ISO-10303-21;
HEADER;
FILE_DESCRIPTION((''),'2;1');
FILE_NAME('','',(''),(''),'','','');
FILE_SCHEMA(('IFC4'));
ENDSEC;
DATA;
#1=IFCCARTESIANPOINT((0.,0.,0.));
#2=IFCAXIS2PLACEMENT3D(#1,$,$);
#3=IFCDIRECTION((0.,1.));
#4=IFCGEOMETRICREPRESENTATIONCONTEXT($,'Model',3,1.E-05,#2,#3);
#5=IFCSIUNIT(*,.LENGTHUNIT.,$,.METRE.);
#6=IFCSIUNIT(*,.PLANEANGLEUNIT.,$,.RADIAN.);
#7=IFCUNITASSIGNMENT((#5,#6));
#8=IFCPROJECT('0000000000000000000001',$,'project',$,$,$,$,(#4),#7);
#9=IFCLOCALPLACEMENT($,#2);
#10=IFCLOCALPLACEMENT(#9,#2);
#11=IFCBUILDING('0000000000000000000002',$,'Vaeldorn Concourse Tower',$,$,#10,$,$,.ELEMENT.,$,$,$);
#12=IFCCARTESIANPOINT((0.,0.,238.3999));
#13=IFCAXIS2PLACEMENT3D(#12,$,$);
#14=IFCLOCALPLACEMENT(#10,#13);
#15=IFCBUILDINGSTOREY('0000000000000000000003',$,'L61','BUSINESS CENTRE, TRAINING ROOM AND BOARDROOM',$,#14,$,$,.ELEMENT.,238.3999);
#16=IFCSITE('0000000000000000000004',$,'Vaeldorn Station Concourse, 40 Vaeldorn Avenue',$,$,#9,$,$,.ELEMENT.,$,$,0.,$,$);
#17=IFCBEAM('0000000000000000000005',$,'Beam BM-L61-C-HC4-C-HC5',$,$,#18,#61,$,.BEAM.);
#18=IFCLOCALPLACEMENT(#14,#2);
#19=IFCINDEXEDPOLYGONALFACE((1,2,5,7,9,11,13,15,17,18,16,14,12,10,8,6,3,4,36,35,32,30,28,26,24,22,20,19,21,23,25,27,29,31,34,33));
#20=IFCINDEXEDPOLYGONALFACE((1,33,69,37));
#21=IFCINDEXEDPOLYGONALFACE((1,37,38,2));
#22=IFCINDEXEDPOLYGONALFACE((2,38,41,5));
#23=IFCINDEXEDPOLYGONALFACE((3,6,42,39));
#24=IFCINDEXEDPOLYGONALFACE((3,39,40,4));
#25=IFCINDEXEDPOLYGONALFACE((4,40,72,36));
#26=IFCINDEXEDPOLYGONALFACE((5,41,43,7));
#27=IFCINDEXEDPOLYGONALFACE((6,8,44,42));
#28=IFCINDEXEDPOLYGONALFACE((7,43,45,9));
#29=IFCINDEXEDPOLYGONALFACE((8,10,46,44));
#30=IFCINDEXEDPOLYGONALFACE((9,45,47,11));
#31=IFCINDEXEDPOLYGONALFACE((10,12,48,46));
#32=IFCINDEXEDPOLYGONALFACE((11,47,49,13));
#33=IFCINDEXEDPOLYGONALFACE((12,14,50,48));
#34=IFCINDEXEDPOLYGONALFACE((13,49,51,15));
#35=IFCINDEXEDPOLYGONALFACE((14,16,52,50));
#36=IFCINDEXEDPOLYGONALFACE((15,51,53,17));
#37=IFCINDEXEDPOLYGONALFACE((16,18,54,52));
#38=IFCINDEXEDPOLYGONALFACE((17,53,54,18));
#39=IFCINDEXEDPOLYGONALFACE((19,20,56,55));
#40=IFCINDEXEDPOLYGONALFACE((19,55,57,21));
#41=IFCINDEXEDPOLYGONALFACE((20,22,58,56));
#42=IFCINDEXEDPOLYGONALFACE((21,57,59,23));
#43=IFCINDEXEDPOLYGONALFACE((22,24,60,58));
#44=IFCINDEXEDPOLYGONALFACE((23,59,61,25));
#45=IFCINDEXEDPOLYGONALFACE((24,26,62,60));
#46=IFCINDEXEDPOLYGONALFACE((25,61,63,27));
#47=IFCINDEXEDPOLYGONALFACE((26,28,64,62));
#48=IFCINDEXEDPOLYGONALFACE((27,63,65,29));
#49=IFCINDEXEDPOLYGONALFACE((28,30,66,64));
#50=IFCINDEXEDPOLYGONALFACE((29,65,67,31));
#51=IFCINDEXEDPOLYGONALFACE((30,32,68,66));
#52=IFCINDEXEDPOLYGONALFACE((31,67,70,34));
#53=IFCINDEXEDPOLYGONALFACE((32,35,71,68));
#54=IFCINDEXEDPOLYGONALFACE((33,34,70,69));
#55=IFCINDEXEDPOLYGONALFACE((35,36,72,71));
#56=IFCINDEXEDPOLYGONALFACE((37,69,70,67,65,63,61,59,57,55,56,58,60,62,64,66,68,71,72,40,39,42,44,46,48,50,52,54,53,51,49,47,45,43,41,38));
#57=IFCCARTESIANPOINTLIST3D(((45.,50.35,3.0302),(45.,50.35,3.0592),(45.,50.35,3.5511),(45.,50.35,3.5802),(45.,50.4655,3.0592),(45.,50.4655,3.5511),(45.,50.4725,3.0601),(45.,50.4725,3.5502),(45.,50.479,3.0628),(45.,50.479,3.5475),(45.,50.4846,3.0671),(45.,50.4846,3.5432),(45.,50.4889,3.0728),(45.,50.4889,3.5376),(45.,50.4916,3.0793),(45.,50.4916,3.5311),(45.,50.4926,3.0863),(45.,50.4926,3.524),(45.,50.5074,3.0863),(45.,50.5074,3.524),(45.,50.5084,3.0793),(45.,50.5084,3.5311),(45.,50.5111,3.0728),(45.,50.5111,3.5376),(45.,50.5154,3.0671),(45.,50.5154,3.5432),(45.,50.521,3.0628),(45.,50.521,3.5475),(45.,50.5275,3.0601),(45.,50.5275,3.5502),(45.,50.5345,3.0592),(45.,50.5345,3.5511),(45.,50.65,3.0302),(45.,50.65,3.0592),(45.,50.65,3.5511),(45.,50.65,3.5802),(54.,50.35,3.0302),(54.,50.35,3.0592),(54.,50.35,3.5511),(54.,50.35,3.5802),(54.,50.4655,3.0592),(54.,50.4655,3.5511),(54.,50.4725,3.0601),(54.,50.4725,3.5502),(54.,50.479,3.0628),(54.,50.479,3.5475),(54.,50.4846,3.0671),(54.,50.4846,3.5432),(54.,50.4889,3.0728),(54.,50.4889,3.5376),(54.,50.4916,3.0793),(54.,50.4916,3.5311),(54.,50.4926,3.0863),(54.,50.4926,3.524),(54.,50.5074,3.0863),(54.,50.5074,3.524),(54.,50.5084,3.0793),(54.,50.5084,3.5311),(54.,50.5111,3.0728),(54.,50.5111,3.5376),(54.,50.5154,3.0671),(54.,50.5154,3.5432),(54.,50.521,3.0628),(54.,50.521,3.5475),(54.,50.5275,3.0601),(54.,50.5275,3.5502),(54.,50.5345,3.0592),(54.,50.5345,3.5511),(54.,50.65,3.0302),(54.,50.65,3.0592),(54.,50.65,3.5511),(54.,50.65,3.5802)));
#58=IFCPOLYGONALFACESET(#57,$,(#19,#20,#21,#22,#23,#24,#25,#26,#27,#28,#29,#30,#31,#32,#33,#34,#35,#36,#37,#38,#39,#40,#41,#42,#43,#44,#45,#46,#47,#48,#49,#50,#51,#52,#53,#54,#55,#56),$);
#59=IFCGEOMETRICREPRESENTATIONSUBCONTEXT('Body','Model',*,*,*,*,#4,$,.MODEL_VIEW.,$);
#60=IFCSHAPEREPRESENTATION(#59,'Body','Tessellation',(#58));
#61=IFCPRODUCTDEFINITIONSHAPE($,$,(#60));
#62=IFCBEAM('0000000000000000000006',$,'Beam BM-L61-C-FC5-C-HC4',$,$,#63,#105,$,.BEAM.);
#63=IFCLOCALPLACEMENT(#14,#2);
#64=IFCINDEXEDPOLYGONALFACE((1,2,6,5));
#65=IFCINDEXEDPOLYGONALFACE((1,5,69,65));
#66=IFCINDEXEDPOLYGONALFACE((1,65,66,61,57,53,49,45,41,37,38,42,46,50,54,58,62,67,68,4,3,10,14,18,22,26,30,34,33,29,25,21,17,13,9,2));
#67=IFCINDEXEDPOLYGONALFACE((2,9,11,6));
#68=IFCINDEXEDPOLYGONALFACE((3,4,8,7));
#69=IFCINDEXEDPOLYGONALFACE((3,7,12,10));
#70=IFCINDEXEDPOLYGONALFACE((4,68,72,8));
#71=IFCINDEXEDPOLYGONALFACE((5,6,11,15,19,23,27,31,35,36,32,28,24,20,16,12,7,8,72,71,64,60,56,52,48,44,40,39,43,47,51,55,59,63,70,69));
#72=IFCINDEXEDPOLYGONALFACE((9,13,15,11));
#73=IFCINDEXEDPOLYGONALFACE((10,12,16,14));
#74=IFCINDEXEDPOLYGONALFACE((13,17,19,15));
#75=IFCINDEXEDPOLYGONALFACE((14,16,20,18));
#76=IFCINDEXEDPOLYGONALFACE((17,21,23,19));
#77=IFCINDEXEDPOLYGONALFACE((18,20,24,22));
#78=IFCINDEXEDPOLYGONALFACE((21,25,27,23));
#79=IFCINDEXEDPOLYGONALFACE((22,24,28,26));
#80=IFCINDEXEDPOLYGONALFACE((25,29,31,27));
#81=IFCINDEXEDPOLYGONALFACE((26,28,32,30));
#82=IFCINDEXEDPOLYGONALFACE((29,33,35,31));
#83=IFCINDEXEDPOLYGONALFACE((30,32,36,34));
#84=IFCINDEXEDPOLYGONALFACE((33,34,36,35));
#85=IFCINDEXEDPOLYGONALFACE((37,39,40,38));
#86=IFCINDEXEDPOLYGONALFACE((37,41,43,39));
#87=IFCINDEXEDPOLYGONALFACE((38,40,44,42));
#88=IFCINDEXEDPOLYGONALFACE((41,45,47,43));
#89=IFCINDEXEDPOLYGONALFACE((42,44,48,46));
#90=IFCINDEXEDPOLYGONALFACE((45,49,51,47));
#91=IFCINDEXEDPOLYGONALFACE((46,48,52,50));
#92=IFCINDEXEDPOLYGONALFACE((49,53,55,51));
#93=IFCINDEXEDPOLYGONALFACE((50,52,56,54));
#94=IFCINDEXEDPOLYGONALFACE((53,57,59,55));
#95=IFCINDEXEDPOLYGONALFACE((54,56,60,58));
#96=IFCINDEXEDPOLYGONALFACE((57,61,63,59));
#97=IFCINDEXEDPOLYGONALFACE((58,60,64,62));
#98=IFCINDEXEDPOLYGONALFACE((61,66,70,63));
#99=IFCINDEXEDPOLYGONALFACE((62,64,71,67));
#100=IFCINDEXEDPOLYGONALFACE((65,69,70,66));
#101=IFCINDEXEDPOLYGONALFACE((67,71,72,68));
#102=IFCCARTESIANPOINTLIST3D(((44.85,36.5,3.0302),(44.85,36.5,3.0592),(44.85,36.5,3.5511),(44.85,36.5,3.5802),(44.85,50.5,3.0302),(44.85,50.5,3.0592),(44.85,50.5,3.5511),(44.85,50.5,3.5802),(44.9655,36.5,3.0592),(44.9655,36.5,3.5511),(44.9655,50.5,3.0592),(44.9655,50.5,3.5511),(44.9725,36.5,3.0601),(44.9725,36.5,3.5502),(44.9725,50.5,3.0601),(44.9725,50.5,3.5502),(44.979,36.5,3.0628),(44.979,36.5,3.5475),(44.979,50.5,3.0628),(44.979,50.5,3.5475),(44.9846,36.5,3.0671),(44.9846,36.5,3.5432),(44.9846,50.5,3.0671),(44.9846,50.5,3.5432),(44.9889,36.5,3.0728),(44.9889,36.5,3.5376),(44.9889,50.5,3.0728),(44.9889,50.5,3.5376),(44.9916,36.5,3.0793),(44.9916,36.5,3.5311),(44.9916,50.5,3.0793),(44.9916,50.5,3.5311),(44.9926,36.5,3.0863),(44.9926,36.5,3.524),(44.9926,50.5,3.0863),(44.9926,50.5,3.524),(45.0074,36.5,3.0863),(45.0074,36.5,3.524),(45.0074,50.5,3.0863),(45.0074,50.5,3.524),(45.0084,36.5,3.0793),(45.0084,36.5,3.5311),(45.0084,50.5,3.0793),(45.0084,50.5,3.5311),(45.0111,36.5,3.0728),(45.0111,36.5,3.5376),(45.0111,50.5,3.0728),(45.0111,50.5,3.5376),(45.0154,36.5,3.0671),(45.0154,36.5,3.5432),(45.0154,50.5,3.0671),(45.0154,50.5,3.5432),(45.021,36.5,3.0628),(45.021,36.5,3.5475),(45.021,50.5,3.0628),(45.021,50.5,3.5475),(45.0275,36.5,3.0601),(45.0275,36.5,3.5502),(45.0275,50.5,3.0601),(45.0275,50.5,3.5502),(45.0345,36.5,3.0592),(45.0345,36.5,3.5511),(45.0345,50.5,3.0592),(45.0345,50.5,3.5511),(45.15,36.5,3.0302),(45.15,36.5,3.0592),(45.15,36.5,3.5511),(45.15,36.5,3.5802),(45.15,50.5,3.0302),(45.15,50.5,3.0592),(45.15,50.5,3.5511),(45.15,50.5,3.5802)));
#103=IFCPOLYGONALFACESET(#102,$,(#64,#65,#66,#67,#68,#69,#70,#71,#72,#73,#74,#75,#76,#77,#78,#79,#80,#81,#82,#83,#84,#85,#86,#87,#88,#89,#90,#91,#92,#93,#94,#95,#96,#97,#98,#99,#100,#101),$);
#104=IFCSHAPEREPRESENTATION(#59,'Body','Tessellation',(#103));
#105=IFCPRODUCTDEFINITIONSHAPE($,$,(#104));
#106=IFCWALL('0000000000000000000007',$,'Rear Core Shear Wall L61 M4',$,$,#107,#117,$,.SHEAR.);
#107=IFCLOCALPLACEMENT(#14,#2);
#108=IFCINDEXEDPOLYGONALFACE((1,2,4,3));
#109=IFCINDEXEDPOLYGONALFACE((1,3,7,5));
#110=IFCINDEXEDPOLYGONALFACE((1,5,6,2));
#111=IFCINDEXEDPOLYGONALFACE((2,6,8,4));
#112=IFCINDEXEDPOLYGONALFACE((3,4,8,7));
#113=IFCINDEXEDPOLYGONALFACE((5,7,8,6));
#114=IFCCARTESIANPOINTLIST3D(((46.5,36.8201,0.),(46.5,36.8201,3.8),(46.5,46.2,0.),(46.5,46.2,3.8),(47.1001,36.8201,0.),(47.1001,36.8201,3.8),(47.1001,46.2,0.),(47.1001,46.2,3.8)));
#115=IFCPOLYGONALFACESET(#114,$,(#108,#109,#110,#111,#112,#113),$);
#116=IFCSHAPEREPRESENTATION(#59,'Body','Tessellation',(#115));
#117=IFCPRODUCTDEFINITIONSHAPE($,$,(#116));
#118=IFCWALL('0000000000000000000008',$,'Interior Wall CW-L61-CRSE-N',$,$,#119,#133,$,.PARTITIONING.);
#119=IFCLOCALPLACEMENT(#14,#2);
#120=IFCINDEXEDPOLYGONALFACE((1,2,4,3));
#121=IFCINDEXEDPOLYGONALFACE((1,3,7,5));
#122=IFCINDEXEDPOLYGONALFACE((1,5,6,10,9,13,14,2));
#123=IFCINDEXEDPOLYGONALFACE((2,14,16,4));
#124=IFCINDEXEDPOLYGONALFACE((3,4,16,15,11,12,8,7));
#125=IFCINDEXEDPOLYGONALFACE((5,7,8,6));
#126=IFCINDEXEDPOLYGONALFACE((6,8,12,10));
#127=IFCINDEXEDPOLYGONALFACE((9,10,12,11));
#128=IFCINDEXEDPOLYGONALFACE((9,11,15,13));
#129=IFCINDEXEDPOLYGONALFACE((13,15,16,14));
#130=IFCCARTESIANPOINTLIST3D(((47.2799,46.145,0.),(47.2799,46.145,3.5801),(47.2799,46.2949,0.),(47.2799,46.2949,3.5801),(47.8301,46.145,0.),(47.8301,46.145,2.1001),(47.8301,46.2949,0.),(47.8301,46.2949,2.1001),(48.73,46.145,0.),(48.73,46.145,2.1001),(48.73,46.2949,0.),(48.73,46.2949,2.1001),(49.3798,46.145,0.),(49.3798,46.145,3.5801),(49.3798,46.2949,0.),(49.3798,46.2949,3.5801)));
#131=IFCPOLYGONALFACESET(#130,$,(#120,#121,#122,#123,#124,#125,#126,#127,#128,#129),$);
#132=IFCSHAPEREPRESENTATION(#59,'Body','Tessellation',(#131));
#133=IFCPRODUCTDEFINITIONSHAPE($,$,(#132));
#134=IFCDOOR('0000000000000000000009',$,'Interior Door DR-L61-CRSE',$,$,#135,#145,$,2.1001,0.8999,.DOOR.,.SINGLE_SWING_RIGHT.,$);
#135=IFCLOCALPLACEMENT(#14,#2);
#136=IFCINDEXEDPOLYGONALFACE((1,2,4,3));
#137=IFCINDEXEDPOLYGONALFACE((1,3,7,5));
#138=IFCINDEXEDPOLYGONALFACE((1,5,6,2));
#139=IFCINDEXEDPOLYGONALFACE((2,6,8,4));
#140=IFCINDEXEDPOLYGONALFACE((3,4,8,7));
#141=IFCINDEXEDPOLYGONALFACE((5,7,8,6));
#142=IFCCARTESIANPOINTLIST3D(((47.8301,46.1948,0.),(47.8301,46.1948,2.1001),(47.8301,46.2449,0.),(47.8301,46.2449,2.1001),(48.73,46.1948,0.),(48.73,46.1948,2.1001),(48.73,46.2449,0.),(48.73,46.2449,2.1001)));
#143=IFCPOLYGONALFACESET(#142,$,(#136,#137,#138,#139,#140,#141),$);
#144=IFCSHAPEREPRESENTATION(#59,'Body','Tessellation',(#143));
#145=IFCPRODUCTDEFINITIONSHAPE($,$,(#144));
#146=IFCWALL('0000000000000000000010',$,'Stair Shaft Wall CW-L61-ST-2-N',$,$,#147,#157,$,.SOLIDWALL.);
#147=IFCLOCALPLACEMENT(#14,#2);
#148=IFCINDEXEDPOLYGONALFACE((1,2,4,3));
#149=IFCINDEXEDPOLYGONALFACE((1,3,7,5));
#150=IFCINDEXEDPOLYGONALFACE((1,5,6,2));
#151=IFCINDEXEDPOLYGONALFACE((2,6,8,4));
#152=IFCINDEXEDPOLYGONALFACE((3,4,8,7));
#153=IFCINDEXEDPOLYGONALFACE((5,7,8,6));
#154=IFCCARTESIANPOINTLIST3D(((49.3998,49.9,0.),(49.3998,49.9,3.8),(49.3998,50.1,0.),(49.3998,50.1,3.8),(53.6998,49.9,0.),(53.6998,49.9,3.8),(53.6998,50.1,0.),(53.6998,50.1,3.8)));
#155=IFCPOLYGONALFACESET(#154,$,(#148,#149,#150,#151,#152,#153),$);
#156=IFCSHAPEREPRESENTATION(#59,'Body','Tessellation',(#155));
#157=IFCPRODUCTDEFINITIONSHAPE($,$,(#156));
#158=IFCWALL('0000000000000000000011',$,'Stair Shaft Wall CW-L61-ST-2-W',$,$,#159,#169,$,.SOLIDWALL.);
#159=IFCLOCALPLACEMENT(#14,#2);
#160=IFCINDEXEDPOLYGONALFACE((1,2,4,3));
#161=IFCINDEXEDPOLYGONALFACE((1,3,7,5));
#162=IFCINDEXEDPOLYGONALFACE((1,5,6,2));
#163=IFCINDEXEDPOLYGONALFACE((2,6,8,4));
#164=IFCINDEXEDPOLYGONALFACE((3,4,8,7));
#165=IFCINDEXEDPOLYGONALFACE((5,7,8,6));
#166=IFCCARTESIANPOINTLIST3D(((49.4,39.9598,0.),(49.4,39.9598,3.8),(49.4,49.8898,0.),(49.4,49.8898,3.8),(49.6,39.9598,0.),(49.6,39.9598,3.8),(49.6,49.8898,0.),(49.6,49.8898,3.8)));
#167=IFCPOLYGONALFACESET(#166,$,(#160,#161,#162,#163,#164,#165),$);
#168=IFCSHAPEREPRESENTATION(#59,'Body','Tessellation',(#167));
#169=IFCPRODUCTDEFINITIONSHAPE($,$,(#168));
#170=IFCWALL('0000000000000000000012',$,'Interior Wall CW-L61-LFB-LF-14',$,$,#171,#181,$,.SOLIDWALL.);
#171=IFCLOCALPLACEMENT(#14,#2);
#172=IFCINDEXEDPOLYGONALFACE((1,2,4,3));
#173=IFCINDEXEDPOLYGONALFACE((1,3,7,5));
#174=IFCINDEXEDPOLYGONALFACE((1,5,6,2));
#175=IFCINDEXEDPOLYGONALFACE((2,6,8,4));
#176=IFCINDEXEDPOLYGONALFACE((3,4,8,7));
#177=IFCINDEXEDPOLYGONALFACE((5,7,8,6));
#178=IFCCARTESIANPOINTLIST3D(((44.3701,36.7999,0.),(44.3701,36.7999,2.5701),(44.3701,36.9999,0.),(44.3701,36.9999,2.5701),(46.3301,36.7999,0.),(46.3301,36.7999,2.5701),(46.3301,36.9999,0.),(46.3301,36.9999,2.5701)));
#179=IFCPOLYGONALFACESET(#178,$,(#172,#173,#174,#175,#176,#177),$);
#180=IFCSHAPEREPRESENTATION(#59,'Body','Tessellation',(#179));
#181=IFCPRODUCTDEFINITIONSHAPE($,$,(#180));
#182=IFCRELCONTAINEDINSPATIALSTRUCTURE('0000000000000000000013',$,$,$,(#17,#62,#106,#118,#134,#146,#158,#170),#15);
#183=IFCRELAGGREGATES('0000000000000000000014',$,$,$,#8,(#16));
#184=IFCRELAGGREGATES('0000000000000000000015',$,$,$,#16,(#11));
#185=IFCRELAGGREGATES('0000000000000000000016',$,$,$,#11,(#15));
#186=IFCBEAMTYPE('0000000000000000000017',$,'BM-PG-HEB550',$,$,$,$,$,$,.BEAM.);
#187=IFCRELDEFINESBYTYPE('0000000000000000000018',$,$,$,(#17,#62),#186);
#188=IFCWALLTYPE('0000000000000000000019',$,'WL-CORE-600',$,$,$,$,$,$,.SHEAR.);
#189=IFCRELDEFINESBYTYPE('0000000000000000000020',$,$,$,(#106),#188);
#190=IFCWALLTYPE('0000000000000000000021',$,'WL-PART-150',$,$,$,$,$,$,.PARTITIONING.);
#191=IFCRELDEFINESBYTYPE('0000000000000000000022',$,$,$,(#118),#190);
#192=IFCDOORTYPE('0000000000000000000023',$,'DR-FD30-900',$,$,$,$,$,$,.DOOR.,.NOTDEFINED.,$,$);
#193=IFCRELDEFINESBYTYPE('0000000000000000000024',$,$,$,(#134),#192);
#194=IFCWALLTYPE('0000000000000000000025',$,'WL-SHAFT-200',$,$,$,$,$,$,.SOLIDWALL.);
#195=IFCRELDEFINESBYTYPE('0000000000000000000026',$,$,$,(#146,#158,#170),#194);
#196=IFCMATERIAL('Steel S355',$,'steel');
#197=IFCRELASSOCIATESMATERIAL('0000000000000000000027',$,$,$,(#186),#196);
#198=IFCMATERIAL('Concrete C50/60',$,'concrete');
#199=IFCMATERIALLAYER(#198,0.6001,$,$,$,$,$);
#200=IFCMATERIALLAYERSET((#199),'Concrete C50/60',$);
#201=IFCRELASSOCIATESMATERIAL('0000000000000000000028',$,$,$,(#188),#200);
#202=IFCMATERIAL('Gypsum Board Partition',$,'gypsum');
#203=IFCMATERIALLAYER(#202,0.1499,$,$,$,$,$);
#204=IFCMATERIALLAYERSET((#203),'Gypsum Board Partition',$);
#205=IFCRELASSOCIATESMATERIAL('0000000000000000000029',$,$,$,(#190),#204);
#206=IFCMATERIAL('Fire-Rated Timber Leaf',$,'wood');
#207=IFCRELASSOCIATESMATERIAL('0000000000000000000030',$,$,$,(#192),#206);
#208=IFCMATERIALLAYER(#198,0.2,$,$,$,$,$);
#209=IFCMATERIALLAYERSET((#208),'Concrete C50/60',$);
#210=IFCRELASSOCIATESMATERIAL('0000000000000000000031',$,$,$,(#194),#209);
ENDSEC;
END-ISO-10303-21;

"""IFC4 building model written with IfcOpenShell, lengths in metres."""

from ifc_helpers import new_model, si_unit, direction, frame, frame_2d, origin, origin_2d, place, context, subcontext, project, spatial, rectangle, i_section, extrude, source, transform, mapped, material, layer, layer_set, material_profile, profile_set, type_object, element, fill, save


model = new_model("IFC4")

# Units and contexts
model_context = context("Model", 3, precision=1e-05, world=origin(), true_north=direction((0.0, 1.0)))
body_context = subcontext(model_context, "Body", "Model", "MODEL_VIEW")
ifc_project = project(units=[si_unit("LENGTHUNIT", "METRE"), si_unit("PLANEANGLEUNIT", "RADIAN")], contexts=[model_context])

# Site, building, storey
site_placement = place(None, origin())
site = spatial("IfcSite", under=ifc_project, at=site_placement, Name="Vaeldorn Station Concourse, 40 Vaeldorn Avenue", CompositionType="ELEMENT", RefElevation=0.0)
building_placement = place(site_placement, origin())
building = spatial("IfcBuilding", under=site, at=building_placement, Name="Vaeldorn Concourse Tower", CompositionType="ELEMENT")
storey_placement = place(building_placement, frame((0.0, 0.0, 238.3999)))
storey = spatial("IfcBuildingStorey", under=building, at=storey_placement, Name="L61", Description="BUSINESS CENTRE, TRAINING ROOM AND BOARDROOM", CompositionType="ELEMENT", Elevation=238.3999)

# Beams
ifc_material_1 = material(Name="Concrete C50/60", Category="concrete")
ifc_material_2 = material(Name="Steel S355", Category="steel")
ifc_material_profile_1 = material_profile(ifc_material_2, i_section(OverallWidth=0.3, OverallDepth=0.55, WebThickness=0.0149, FlangeThickness=0.0291, FilletRadius=0.0271, at=origin_2d()), Name="HEB 550")
ifc_profile_set_1 = profile_set([ifc_material_profile_1], Name="Steel S355")
beam_type_1 = type_object("IfcBeamType", Name="BM-PG-HEB550", PredefinedType="BEAM", material=ifc_profile_set_1)
shared_shape_1 = source(origin(), body_context, "Body", "SweptSolid", [
    extrude(i_section(OverallWidth=0.3, OverallDepth=0.55, WebThickness=0.0149, FlangeThickness=0.0291, FilletRadius=0.0271, at=origin_2d()), origin(), (0.0, 0.0, 1.0), 9.0),
])
beam_1_placement = place(storey_placement, frame((45.0, 50.5, 3.3052), z_axis=(1.0, 0.0, 0.0), x_axis=(0.0, 1.0, 0.0)))
element("IfcBeam", 1, at=beam_1_placement, inside=storey, type_object=beam_type_1, Name="Beam BM-L61-C-HC4-C-HC5", PredefinedType="BEAM", context=body_context, shape_type="MappedRepresentation", body=[
    mapped(shared_shape_1, transform((0.0, 0.0, 0.0), scale=1.0)),
])
shared_shape_2 = source(origin(), body_context, "Body", "SweptSolid", [
    extrude(i_section(OverallWidth=0.3, OverallDepth=0.55, WebThickness=0.0149, FlangeThickness=0.0291, FilletRadius=0.0271, at=origin_2d()), origin(), (0.0, 0.0, 1.0), 14.0),
])
beam_2_placement = place(storey_placement, frame((45.0, 36.5, 3.3052), z_axis=(0.0, 1.0, 0.0), x_axis=(-1.0, 0.0, 0.0)))
element("IfcBeam", 2, at=beam_2_placement, inside=storey, type_object=beam_type_1, Name="Beam BM-L61-C-FC5-C-HC4", PredefinedType="BEAM", context=body_context, shape_type="MappedRepresentation", body=[
    mapped(shared_shape_2, transform((0.0, 0.0, 0.0), scale=1.0)),
])

# Wall
ifc_layer_1 = layer(ifc_material_1, 0.6001)
ifc_layer_set_1 = layer_set([ifc_layer_1], Name="Concrete C50/60")
wall_type_1 = type_object("IfcWallType", Name="WL-CORE-600", PredefinedType="SHEAR", material=ifc_layer_set_1)
wall_1_placement = place(storey_placement, frame((46.8, 36.8201, 0.0), z_axis=(0.0, 0.0, 1.0), x_axis=(0.0, 1.0, 0.0)))
element("IfcWall", 3, at=wall_1_placement, inside=storey, type_object=wall_type_1, Name="Rear Core Shear Wall L61 M4", PredefinedType="SHEAR", context=body_context, shape_type="SweptSolid", body=[
    extrude(rectangle(XDim=9.3799, YDim=0.6001, at=frame_2d((4.6899, 0.0))), origin(), (0.0, 0.0, 1.0), 3.8),
])

# Wall, opening, door
ifc_material_3 = material(Name="Gypsum Board Partition", Category="gypsum")
ifc_layer_2 = layer(ifc_material_3, 0.1499)
ifc_layer_set_2 = layer_set([ifc_layer_2], Name="Gypsum Board Partition")
wall_type_2 = type_object("IfcWallType", Name="WL-PART-150", PredefinedType="PARTITIONING", material=ifc_layer_set_2)
wall_2_placement = place(storey_placement, frame((47.28, 46.22, 0.0), z_axis=(0.0, 0.0, 1.0), x_axis=(1.0, 0.0, 0.0)))
wall_2 = element("IfcWall", 4, at=wall_2_placement, inside=storey, type_object=wall_type_2, Name="Interior Wall CW-L61-CRSE-N", PredefinedType="PARTITIONING", context=body_context, shape_type="SweptSolid", body=[
    extrude(rectangle(XDim=2.0999, YDim=0.1499, at=frame_2d((1.0498, 0.0))), origin(), (0.0, 0.0, 1.0), 3.5801),
])
opening_1_placement = place(wall_2_placement, frame((0.55, 0.0, 0.0)))
opening_1 = element("IfcOpeningElement", 5, at=opening_1_placement, cuts=wall_2, PredefinedType="OPENING", context=body_context, shape_type="SweptSolid", body=[
    extrude(rectangle(XDim=0.8999, YDim=2.1001, at=frame_2d((0.45, 1.05))), frame((0.0, 0.085, 0.0), z_axis=(0.0, -1.0, 0.0), x_axis=(1.0, 0.0, 0.0)), (0.0, 0.0, 1.0), 0.1699),
])
ifc_material_4 = material(Name="Fire-Rated Timber Leaf", Category="wood")
door_type_1 = type_object("IfcDoorType", Name="DR-FD30-900", OperationType="NOTDEFINED", PredefinedType="DOOR", material=ifc_material_4)
shared_shape_3 = source(origin(), body_context, "Body", "SweptSolid", [
    extrude(rectangle(XDim=0.8999, YDim=2.1001, at=frame_2d((0.45, 1.05))), frame((0.0, 0.0249, 0.0), z_axis=(0.0, -1.0, 0.0), x_axis=(1.0, 0.0, 0.0)), (0.0, 0.0, 1.0), 0.05),
])
door_1_placement = place(opening_1_placement, origin())
door_1 = element("IfcDoor", 6, at=door_1_placement, inside=storey, type_object=door_type_1, Name="Interior Door DR-L61-CRSE", OperationType="SINGLE_SWING_RIGHT", OverallHeight=2.1001, OverallWidth=0.8999, PredefinedType="DOOR", context=body_context, shape_type="MappedRepresentation", body=[
    mapped(shared_shape_3, transform((0.0, 0.0, 0.0), scale=1.0)),
])
fill(opening_1, door_1)
ifc_layer_3 = layer(ifc_material_1, 0.2)
ifc_layer_set_3 = layer_set([ifc_layer_3], Name="Concrete C50/60")
wall_type_3 = type_object("IfcWallType", Name="WL-SHAFT-200", PredefinedType="SOLIDWALL", material=ifc_layer_set_3)

# Walls
wall_3_placement = place(storey_placement, frame((49.3999, 50.0, 0.0), z_axis=(0.0, 0.0, 1.0), x_axis=(1.0, 0.0, 0.0)))
element("IfcWall", 7, at=wall_3_placement, inside=storey, type_object=wall_type_3, Name="Stair Shaft Wall CW-L61-ST-2-N", PredefinedType="SOLIDWALL", context=body_context, shape_type="SweptSolid", body=[
    extrude(rectangle(XDim=4.3, YDim=0.2, at=frame_2d((2.1499, 0.0))), origin(), (0.0, 0.0, 1.0), 3.8),
])
wall_4_placement = place(storey_placement, frame((49.5, 39.96, 0.0), z_axis=(0.0, 0.0, 1.0), x_axis=(0.0, 1.0, 0.0)))
element("IfcWall", 8, at=wall_4_placement, inside=storey, type_object=wall_type_3, Name="Stair Shaft Wall CW-L61-ST-2-W", PredefinedType="SOLIDWALL", context=body_context, shape_type="SweptSolid", body=[
    extrude(rectangle(XDim=9.9299, YDim=0.2, at=frame_2d((4.9648, 0.0))), origin(), (0.0, 0.0, 1.0), 3.8),
])

# Wall
wall_5_placement = place(storey_placement, frame((44.3701, 36.8999, 0.0), z_axis=(0.0, 0.0, 1.0), x_axis=(1.0, 0.0, 0.0)))
element("IfcWall", 9, at=wall_5_placement, inside=storey, type_object=wall_type_3, Name="Interior Wall CW-L61-LFB-LF-14", PredefinedType="SOLIDWALL", context=body_context, shape_type="SweptSolid", body=[
    extrude(rectangle(XDim=1.96, YDim=0.2, at=frame_2d((0.98, 0.0))), origin(), (0.0, 0.0, 1.0), 2.5701),
])

save(model, "model.ifc")
